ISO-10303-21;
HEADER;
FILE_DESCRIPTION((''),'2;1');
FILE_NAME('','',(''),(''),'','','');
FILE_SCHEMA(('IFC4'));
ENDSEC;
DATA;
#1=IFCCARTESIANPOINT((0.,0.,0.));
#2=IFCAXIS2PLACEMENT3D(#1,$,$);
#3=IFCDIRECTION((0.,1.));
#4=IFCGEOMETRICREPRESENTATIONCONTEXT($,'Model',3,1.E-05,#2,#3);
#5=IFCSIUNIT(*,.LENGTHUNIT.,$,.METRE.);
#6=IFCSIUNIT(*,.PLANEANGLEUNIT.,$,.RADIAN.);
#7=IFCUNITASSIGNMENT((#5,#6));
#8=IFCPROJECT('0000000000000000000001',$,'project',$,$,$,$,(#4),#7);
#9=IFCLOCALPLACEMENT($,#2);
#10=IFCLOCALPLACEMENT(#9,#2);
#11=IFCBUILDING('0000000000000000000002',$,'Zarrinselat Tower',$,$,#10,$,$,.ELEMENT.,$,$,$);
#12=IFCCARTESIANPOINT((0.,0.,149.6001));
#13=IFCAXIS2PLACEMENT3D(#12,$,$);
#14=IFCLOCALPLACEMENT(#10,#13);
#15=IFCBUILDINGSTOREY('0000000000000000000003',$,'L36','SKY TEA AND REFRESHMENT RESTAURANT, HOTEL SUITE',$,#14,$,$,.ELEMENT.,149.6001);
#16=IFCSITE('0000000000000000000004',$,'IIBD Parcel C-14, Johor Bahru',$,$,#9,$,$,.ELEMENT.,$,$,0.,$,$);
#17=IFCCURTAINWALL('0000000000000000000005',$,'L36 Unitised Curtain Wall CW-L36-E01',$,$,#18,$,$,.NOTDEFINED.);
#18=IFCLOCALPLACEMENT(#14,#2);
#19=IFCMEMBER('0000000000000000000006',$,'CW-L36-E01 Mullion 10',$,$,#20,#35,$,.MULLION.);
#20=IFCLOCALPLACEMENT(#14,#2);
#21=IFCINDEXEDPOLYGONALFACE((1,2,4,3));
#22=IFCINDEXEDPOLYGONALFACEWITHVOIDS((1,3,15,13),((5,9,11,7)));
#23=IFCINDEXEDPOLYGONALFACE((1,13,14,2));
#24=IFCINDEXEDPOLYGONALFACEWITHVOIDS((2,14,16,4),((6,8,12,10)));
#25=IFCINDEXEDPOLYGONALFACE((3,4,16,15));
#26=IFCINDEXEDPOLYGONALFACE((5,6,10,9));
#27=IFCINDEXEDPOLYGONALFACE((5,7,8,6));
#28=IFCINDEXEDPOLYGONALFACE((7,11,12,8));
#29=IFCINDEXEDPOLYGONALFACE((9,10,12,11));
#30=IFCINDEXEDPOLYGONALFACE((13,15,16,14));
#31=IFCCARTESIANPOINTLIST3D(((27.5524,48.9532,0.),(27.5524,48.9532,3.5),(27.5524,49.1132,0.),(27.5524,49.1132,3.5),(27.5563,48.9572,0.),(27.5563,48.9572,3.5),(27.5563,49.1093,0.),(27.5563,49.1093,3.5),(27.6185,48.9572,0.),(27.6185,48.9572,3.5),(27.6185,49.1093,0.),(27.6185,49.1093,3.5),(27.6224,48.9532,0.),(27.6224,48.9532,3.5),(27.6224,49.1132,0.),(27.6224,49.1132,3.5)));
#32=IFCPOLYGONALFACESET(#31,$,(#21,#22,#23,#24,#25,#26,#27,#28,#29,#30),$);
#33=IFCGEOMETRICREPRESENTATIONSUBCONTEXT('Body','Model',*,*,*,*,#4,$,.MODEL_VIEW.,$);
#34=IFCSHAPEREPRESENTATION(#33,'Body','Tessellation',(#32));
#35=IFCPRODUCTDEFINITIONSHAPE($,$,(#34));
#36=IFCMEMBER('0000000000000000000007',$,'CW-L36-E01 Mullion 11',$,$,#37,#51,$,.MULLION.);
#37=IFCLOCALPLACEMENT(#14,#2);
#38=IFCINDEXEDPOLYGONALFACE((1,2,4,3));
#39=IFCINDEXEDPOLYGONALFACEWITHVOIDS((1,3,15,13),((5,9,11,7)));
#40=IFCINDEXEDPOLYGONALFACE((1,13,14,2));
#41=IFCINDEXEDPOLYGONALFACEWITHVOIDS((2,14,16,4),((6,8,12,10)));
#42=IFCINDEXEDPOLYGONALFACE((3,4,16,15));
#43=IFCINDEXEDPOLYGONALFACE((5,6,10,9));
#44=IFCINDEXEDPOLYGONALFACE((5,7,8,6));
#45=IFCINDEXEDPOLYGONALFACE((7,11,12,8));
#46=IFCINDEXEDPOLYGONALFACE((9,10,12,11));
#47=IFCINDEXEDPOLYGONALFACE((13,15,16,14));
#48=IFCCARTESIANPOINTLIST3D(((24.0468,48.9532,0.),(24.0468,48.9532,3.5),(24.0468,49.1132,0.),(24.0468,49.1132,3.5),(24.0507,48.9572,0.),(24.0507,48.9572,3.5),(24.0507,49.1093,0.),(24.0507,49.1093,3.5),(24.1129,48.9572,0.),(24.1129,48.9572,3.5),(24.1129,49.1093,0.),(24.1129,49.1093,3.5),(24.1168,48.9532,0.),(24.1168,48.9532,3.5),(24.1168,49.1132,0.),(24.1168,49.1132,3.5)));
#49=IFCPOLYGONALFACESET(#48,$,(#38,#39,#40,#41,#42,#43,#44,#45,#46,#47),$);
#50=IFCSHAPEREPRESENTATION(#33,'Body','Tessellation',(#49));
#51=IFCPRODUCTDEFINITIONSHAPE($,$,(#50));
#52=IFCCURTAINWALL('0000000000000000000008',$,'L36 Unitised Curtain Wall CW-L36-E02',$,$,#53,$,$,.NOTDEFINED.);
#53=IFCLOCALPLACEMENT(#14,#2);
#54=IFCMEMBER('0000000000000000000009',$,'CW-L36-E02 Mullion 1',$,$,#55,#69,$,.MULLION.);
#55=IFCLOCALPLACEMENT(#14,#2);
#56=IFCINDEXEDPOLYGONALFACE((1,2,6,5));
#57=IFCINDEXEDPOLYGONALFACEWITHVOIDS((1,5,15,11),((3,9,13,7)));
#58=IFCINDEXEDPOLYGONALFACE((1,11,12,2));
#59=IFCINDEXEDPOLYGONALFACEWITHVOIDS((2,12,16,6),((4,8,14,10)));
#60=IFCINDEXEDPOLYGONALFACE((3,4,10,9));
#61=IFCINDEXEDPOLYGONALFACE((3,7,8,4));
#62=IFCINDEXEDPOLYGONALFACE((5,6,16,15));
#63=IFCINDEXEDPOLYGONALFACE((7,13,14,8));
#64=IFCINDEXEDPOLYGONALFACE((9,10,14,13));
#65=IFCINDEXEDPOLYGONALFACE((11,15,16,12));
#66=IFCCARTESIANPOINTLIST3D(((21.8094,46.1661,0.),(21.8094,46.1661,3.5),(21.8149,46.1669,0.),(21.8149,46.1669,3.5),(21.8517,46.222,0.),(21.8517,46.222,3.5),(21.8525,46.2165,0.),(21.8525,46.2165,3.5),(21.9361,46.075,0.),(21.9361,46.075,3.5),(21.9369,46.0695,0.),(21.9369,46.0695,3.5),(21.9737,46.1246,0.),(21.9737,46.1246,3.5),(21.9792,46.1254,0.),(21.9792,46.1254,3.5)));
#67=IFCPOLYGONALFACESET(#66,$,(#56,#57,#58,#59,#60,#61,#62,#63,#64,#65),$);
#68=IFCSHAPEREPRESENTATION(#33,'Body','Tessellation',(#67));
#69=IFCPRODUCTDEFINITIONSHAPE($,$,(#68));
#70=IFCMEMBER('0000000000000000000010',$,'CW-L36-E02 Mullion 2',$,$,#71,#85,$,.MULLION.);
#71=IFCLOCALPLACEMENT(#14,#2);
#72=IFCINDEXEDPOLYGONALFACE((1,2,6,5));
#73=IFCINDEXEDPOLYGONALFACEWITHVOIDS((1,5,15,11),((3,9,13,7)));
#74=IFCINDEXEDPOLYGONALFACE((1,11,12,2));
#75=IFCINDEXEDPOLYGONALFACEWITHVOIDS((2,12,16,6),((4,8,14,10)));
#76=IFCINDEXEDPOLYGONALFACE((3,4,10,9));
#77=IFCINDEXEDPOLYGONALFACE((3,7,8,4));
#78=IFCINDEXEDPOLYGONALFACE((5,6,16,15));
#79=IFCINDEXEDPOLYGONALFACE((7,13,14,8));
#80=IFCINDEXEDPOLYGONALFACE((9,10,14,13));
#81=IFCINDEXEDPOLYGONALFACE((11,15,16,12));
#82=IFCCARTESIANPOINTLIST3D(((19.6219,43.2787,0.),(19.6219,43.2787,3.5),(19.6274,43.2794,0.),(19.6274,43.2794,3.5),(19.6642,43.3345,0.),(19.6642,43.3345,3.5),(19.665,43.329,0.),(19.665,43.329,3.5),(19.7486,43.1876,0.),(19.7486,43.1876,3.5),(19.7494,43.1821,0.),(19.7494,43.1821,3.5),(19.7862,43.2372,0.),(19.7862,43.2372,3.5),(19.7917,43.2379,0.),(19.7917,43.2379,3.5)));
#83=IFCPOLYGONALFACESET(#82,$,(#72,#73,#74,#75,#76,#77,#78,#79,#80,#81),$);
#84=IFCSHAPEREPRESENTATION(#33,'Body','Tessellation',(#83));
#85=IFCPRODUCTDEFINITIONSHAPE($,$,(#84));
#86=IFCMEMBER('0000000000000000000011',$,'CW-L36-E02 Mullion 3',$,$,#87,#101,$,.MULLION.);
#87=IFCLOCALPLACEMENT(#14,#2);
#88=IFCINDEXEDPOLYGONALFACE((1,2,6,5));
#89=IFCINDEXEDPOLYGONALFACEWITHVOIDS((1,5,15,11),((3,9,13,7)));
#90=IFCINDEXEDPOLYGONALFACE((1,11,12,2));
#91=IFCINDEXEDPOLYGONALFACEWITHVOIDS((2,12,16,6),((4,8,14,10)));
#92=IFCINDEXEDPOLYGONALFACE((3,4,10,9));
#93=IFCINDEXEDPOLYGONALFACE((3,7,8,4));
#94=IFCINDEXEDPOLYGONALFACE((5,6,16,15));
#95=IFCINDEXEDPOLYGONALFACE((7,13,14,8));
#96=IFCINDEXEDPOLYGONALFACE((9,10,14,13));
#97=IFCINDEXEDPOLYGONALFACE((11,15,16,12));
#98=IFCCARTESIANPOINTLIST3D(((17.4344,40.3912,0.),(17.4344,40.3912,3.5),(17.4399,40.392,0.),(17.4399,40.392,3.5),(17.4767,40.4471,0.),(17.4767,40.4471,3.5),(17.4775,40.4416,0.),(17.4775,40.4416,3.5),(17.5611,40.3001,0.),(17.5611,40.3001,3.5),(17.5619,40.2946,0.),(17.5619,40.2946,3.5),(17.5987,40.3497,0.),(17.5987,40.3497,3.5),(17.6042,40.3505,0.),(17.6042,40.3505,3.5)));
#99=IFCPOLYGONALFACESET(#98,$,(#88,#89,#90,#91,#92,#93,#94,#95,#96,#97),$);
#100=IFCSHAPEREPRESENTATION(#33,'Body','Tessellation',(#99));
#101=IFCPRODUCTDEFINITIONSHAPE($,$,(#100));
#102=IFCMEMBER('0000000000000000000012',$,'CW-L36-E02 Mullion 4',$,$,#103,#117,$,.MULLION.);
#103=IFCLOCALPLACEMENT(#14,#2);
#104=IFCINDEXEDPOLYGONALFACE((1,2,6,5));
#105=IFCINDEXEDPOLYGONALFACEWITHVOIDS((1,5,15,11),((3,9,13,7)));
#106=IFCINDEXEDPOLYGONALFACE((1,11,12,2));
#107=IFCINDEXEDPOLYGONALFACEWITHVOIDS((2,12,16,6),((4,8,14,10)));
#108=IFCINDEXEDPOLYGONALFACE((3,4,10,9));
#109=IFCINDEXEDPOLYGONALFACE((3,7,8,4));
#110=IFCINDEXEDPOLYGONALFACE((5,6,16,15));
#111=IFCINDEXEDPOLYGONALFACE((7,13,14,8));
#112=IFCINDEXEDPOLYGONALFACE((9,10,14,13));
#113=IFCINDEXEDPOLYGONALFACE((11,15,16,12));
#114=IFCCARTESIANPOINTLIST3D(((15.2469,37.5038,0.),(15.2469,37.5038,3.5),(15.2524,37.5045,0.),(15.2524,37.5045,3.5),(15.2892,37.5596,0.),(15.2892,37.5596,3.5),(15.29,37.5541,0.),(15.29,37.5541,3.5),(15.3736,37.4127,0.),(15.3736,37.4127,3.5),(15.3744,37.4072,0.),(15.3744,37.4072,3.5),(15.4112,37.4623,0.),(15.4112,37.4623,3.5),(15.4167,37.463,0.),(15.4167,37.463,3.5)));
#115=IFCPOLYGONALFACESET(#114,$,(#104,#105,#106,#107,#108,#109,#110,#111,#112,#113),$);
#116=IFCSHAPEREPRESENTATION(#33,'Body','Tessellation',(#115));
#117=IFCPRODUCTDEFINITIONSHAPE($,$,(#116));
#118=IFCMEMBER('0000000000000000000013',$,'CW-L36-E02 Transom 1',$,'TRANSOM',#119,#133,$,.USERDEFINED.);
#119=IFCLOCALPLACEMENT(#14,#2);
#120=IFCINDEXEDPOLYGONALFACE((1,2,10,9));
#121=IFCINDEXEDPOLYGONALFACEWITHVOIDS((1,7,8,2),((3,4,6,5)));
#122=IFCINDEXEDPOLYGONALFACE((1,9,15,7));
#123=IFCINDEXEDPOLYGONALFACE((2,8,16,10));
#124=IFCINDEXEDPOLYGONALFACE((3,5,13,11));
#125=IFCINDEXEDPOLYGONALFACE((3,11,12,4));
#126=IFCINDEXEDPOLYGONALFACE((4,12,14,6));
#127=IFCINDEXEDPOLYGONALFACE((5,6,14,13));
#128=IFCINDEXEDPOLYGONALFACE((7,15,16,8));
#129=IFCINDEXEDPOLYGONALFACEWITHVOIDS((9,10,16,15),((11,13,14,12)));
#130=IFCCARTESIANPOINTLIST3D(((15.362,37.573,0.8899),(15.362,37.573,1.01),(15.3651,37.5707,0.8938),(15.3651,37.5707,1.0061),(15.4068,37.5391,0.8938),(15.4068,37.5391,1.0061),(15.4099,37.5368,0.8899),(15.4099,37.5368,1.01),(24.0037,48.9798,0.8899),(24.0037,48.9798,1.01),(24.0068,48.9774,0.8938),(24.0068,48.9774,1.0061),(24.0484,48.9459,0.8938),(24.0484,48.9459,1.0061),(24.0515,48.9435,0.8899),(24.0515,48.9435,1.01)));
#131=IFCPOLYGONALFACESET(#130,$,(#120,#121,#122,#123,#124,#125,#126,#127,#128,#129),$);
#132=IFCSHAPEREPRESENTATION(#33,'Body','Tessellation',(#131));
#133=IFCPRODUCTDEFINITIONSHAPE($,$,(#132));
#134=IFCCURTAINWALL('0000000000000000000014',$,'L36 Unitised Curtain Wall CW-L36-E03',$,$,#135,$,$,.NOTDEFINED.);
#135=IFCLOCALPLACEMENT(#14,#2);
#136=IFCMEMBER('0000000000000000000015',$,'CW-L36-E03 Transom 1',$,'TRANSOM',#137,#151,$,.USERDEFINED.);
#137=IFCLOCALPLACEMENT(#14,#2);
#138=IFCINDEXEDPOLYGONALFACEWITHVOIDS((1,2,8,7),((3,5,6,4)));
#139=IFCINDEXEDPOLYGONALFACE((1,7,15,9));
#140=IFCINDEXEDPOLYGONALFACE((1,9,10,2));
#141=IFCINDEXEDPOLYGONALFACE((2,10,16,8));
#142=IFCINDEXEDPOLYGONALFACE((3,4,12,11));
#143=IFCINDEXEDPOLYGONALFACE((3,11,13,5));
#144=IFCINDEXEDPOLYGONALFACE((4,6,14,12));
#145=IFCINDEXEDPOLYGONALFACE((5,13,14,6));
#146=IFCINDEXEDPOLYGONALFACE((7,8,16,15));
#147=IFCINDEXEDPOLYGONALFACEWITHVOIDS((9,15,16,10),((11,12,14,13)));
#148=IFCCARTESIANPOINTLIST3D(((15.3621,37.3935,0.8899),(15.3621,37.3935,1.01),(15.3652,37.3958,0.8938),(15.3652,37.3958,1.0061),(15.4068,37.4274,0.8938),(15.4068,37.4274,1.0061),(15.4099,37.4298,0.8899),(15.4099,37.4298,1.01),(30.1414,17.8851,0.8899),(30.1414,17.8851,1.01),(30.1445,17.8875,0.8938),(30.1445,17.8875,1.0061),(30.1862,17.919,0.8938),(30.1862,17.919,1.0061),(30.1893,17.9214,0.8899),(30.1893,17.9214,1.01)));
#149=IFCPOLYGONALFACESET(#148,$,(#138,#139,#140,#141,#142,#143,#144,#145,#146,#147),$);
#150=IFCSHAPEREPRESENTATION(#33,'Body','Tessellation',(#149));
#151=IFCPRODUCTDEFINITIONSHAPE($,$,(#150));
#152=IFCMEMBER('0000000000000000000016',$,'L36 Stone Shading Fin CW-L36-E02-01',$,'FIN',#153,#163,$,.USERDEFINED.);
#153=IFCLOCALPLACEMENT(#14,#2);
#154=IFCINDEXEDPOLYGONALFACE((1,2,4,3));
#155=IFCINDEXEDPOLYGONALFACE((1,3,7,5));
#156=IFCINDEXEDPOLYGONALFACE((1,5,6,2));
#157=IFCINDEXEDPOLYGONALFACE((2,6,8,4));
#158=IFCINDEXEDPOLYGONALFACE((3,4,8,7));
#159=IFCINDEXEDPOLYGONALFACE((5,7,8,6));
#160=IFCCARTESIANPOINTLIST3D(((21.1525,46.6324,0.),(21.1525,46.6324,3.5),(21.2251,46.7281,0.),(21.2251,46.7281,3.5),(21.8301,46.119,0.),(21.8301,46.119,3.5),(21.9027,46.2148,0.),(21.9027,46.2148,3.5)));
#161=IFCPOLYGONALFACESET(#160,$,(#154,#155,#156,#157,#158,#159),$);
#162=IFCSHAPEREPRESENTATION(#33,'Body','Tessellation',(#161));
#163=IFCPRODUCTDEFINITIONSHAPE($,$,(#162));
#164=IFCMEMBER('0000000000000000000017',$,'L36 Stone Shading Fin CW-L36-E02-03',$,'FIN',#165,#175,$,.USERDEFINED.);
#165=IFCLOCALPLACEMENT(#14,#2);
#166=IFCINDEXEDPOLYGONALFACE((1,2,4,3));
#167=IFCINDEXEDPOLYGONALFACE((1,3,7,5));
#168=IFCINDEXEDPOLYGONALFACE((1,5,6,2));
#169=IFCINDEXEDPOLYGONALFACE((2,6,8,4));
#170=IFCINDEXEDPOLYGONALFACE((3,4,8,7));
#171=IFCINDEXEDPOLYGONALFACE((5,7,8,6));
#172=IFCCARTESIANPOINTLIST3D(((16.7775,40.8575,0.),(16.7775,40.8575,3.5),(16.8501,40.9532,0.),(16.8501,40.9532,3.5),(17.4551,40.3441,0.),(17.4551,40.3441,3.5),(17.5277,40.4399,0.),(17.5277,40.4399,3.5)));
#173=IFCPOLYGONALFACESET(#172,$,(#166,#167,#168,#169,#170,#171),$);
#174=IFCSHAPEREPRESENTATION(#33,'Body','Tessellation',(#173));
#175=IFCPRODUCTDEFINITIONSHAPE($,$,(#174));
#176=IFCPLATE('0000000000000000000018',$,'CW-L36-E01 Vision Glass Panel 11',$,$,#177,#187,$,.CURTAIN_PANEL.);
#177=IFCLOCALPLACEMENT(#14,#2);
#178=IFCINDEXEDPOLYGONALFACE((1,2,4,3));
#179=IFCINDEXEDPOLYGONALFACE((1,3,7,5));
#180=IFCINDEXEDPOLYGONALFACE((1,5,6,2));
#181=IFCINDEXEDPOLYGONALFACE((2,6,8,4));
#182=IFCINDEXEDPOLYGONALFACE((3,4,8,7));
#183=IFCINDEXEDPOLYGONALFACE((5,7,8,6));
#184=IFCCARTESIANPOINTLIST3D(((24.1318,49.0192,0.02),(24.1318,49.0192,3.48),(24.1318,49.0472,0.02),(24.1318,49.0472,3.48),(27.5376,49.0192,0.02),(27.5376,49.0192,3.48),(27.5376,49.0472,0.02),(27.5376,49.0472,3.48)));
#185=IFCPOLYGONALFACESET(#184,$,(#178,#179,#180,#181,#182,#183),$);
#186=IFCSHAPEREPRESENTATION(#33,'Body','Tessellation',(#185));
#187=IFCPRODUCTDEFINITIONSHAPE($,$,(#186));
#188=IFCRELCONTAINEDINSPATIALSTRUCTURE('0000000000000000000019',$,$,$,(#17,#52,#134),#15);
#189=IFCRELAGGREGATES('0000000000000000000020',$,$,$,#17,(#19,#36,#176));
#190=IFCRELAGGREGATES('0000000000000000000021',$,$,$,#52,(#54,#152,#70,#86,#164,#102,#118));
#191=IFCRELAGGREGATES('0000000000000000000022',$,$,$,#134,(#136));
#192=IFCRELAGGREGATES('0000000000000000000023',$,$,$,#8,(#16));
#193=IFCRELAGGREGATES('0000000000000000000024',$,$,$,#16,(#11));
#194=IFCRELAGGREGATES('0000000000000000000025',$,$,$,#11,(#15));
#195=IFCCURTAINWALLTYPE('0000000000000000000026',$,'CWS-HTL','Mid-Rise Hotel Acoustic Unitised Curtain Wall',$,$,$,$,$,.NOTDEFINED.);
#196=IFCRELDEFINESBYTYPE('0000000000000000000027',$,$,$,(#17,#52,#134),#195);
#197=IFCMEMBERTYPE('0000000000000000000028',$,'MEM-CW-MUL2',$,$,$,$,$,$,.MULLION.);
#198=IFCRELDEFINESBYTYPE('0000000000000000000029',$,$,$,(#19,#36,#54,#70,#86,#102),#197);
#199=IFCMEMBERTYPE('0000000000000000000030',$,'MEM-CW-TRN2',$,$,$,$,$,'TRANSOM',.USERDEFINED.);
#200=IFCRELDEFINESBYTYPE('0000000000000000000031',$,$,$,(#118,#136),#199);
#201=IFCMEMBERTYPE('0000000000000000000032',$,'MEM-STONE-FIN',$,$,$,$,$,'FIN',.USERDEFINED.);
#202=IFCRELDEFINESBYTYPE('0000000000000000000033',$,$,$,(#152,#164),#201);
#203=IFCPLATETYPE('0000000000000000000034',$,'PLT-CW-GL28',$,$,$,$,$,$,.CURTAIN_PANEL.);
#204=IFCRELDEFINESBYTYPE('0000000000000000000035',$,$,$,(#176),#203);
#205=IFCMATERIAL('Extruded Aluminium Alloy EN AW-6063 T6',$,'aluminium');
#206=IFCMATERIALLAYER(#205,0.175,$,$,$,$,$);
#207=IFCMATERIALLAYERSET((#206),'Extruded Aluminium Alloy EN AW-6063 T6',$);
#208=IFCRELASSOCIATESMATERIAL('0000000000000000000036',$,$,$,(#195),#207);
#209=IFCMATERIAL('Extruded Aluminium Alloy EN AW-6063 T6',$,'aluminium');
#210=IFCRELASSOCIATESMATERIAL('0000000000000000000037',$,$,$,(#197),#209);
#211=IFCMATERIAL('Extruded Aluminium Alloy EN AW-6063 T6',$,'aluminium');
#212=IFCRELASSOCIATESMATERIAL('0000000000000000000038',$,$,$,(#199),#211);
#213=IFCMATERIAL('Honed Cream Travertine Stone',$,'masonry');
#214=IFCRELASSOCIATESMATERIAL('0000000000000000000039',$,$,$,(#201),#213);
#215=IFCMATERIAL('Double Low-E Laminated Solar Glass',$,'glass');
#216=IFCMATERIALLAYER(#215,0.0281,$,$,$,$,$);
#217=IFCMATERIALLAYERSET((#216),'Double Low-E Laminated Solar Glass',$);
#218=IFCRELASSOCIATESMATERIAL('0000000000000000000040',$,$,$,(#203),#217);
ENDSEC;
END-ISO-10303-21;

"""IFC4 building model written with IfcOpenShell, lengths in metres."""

from ifc_helpers import new_model, si_unit, direction, frame, origin, origin_2d, place, context, subcontext, project, spatial, rectangle, hollow_rectangle, extrude, material, layer, layer_set, material_profile, profile_set, type_object, element, aggregate, save


model = new_model("IFC4")

# Units and contexts
model_context = context("Model", 3, precision=1e-05, world=origin(), true_north=direction((0.0, 1.0)))
body_context = subcontext(model_context, "Body", "Model", "MODEL_VIEW")
ifc_project = project(units=[si_unit("LENGTHUNIT", "METRE"), si_unit("PLANEANGLEUNIT", "RADIAN")], contexts=[model_context])

# Site, building, storey
site_placement = place(None, origin())
site = spatial("IfcSite", under=ifc_project, at=site_placement, Name="IIBD Parcel C-14, Johor Bahru", CompositionType="ELEMENT", RefElevation=0.0)
building_placement = place(site_placement, origin())
building = spatial("IfcBuilding", under=site, at=building_placement, Name="Zarrinselat Tower", CompositionType="ELEMENT")
storey_placement = place(building_placement, frame((0.0, 0.0, 149.6001)))
storey = spatial("IfcBuildingStorey", under=building, at=storey_placement, Name="L36", Description="SKY TEA AND REFRESHMENT RESTAURANT, HOTEL SUITE", CompositionType="ELEMENT", Elevation=149.6001)

# Curtain walls, members
ifc_material_1 = material(Name="Extruded Aluminium Alloy EN AW-6063 T6", Category="aluminium")
ifc_layer_1 = layer(ifc_material_1, 0.175)
ifc_layer_set_1 = layer_set([ifc_layer_1], Name="Extruded Aluminium Alloy EN AW-6063 T6")
curtain_wall_type = type_object("IfcCurtainWallType", Name="CWS-HTL", Description="Mid-Rise Hotel Acoustic Unitised Curtain Wall", PredefinedType="NOTDEFINED", material=ifc_layer_set_1)
curtain_wall_1_placement = place(storey_placement, origin())
curtain_wall_1 = element("IfcCurtainWall", 1, at=curtain_wall_1_placement, inside=storey, type_object=curtain_wall_type, Name="L36 Unitised Curtain Wall CW-L36-E01", PredefinedType="NOTDEFINED")
ifc_material_2 = material(Name="Extruded Aluminium Alloy EN AW-6063 T6", Category="aluminium")
ifc_material_profile_1 = material_profile(ifc_material_2, hollow_rectangle(XDim=0.0701, YDim=0.1599, WallThickness=0.0039, at=origin_2d()), Name="RHS 160x70x4")
ifc_profile_set_1 = profile_set([ifc_material_profile_1], Name="Extruded Aluminium Alloy EN AW-6063 T6")
member_type_1 = type_object("IfcMemberType", Name="MEM-CW-MUL2", PredefinedType="MULLION", material=ifc_profile_set_1)
member_1_placement = place(storey_placement, frame((27.5874, 49.0332, 0.0), z_axis=(0.0, 0.0, 1.0), x_axis=(-1.0, 0.0, 0.0)))
member_1 = element("IfcMember", 2, at=member_1_placement, type_object=member_type_1, Name="CW-L36-E01 Mullion 10", PredefinedType="MULLION", context=body_context, shape_type="SweptSolid", body=[
    extrude(hollow_rectangle(XDim=0.0701, YDim=0.1599, WallThickness=0.0039, at=origin_2d()), origin(), (0.0, 0.0, 1.0), 3.5),
])
member_2_placement = place(storey_placement, frame((24.0818, 49.0332, 0.0), z_axis=(0.0, 0.0, 1.0), x_axis=(-1.0, 0.0, 0.0)))
member_2 = element("IfcMember", 3, at=member_2_placement, type_object=member_type_1, Name="CW-L36-E01 Mullion 11", PredefinedType="MULLION", context=body_context, shape_type="SweptSolid", body=[
    extrude(hollow_rectangle(XDim=0.0701, YDim=0.1599, WallThickness=0.0039, at=origin_2d()), origin(), (0.0, 0.0, 1.0), 3.5),
])
curtain_wall_2_placement = place(storey_placement, origin())
curtain_wall_2 = element("IfcCurtainWall", 4, at=curtain_wall_2_placement, inside=storey, type_object=curtain_wall_type, Name="L36 Unitised Curtain Wall CW-L36-E02", PredefinedType="NOTDEFINED")
member_3_placement = place(storey_placement, frame((21.8943, 46.1458, 0.0), z_axis=(0.0, 0.0, 1.0), x_axis=(-0.603858, -0.797092, 0.0)))
member_3 = element("IfcMember", 5, at=member_3_placement, type_object=member_type_1, Name="CW-L36-E02 Mullion 1", PredefinedType="MULLION", context=body_context, shape_type="SweptSolid", body=[
    extrude(hollow_rectangle(XDim=0.0701, YDim=0.1599, WallThickness=0.0039, at=origin_2d()), origin(), (0.0, 0.0, 1.0), 3.5),
])
member_4_placement = place(storey_placement, frame((19.7068, 43.2583, 0.0), z_axis=(0.0, 0.0, 1.0), x_axis=(-0.603858, -0.797092, 0.0)))
member_4 = element("IfcMember", 6, at=member_4_placement, type_object=member_type_1, Name="CW-L36-E02 Mullion 2", PredefinedType="MULLION", context=body_context, shape_type="SweptSolid", body=[
    extrude(hollow_rectangle(XDim=0.0701, YDim=0.1599, WallThickness=0.0039, at=origin_2d()), origin(), (0.0, 0.0, 1.0), 3.5),
])
member_5_placement = place(storey_placement, frame((17.5193, 40.3708, 0.0), z_axis=(0.0, 0.0, 1.0), x_axis=(-0.603858, -0.797092, 0.0)))
member_5 = element("IfcMember", 7, at=member_5_placement, type_object=member_type_1, Name="CW-L36-E02 Mullion 3", PredefinedType="MULLION", context=body_context, shape_type="SweptSolid", body=[
    extrude(hollow_rectangle(XDim=0.0701, YDim=0.1599, WallThickness=0.0039, at=origin_2d()), origin(), (0.0, 0.0, 1.0), 3.5),
])
member_6_placement = place(storey_placement, frame((15.3318, 37.4834, 0.0), z_axis=(0.0, 0.0, 1.0), x_axis=(-0.603858, -0.797092, 0.0)))
member_6 = element("IfcMember", 8, at=member_6_placement, type_object=member_type_1, Name="CW-L36-E02 Mullion 4", PredefinedType="MULLION", context=body_context, shape_type="SweptSolid", body=[
    extrude(hollow_rectangle(XDim=0.0701, YDim=0.1599, WallThickness=0.0039, at=origin_2d()), origin(), (0.0, 0.0, 1.0), 3.5),
])
ifc_material_3 = material(Name="Extruded Aluminium Alloy EN AW-6063 T6", Category="aluminium")
ifc_material_profile_2 = material_profile(ifc_material_3, hollow_rectangle(XDim=0.0601, YDim=0.1201, WallThickness=0.0039, at=origin_2d()), Name="RHS 120x60x4")
ifc_profile_set_2 = profile_set([ifc_material_profile_2], Name="Extruded Aluminium Alloy EN AW-6063 T6")
member_type_2 = type_object("IfcMemberType", Name="MEM-CW-TRN2", ElementType="TRANSOM", PredefinedType="USERDEFINED", material=ifc_profile_set_2)
member_7_placement = place(storey_placement, frame((24.0276, 48.9617, 0.95), z_axis=(-0.603864, -0.797088, 0.0), x_axis=(0.797088, -0.603864, 0.0)))
member_7 = element("IfcMember", 9, at=member_7_placement, type_object=member_type_2, Name="CW-L36-E02 Transom 1", ObjectType="TRANSOM", PredefinedType="USERDEFINED", context=body_context, shape_type="SweptSolid", body=[
    extrude(hollow_rectangle(XDim=0.0601, YDim=0.1201, WallThickness=0.0039, at=origin_2d()), origin(), (0.0, 0.0, 1.0), 14.3105),
])

# Curtain wall, member
curtain_wall_3_placement = place(storey_placement, origin())
curtain_wall_3 = element("IfcCurtainWall", 10, at=curtain_wall_3_placement, inside=storey, type_object=curtain_wall_type, Name="L36 Unitised Curtain Wall CW-L36-E03", PredefinedType="NOTDEFINED")
member_8_placement = place(storey_placement, frame((15.386, 37.4116, 0.95), z_axis=(0.603865, -0.797087, 0.0), x_axis=(0.797087, 0.603865, 0.0)))
member_8 = element("IfcMember", 11, at=member_8_placement, type_object=member_type_2, Name="CW-L36-E03 Transom 1", ObjectType="TRANSOM", PredefinedType="USERDEFINED", context=body_context, shape_type="SweptSolid", body=[
    extrude(hollow_rectangle(XDim=0.0601, YDim=0.1201, WallThickness=0.0039, at=origin_2d()), origin(), (0.0, 0.0, 1.0), 24.4746),
])

# Members
ifc_material_4 = material(Name="Honed Cream Travertine Stone", Category="masonry")
ifc_material_profile_3 = material_profile(ifc_material_4, rectangle(XDim=0.1201, YDim=0.8501, at=origin_2d()), Name="FIN 850x120")
ifc_profile_set_3 = profile_set([ifc_material_profile_3], Name="Honed Cream Travertine Stone")
member_type_3 = type_object("IfcMemberType", Name="MEM-STONE-FIN", ElementType="FIN", PredefinedType="USERDEFINED", material=ifc_profile_set_3)
member_9_placement = place(storey_placement, frame((21.5276, 46.4236, 0.0), z_axis=(0.0, 0.0, 1.0), x_axis=(0.603858, 0.797092, 0.0)))
member_9 = element("IfcMember", 12, at=member_9_placement, type_object=member_type_3, Name="L36 Stone Shading Fin CW-L36-E02-01", ObjectType="FIN", PredefinedType="USERDEFINED", context=body_context, shape_type="SweptSolid", body=[
    extrude(rectangle(XDim=0.1201, YDim=0.8501, at=origin_2d()), origin(), (0.0, 0.0, 1.0), 3.5),
])
member_10_placement = place(storey_placement, frame((17.1526, 40.6487, 0.0), z_axis=(0.0, 0.0, 1.0), x_axis=(0.603858, 0.797092, 0.0)))
member_10 = element("IfcMember", 13, at=member_10_placement, type_object=member_type_3, Name="L36 Stone Shading Fin CW-L36-E02-03", ObjectType="FIN", PredefinedType="USERDEFINED", context=body_context, shape_type="SweptSolid", body=[
    extrude(rectangle(XDim=0.1201, YDim=0.8501, at=origin_2d()), origin(), (0.0, 0.0, 1.0), 3.5),
])

# Plate
ifc_material_5 = material(Name="Double Low-E Laminated Solar Glass", Category="glass")
ifc_layer_2 = layer(ifc_material_5, 0.0281)
ifc_layer_set_2 = layer_set([ifc_layer_2], Name="Double Low-E Laminated Solar Glass")
plate_type = type_object("IfcPlateType", Name="PLT-CW-GL28", PredefinedType="CURTAIN_PANEL", material=ifc_layer_set_2)
plate_1_placement = place(storey_placement, frame((25.8347, 49.0332, 0.02), z_axis=(0.0, 0.0, 1.0), x_axis=(-1.0, 0.0, 0.0)))
plate_1 = element("IfcPlate", 14, at=plate_1_placement, type_object=plate_type, Name="CW-L36-E01 Vision Glass Panel 11", PredefinedType="CURTAIN_PANEL", context=body_context, shape_type="SweptSolid", body=[
    extrude(rectangle(XDim=3.4058, YDim=0.0281, at=origin_2d()), origin(), (0.0, 0.0, 1.0), 3.46),
])
aggregate(curtain_wall_1, [member_1, member_2, plate_1])
aggregate(curtain_wall_2, [member_3, member_9, member_4, member_5, member_10, member_6, member_7])
aggregate(curtain_wall_3, [member_8])

save(model, "model.ifc")
